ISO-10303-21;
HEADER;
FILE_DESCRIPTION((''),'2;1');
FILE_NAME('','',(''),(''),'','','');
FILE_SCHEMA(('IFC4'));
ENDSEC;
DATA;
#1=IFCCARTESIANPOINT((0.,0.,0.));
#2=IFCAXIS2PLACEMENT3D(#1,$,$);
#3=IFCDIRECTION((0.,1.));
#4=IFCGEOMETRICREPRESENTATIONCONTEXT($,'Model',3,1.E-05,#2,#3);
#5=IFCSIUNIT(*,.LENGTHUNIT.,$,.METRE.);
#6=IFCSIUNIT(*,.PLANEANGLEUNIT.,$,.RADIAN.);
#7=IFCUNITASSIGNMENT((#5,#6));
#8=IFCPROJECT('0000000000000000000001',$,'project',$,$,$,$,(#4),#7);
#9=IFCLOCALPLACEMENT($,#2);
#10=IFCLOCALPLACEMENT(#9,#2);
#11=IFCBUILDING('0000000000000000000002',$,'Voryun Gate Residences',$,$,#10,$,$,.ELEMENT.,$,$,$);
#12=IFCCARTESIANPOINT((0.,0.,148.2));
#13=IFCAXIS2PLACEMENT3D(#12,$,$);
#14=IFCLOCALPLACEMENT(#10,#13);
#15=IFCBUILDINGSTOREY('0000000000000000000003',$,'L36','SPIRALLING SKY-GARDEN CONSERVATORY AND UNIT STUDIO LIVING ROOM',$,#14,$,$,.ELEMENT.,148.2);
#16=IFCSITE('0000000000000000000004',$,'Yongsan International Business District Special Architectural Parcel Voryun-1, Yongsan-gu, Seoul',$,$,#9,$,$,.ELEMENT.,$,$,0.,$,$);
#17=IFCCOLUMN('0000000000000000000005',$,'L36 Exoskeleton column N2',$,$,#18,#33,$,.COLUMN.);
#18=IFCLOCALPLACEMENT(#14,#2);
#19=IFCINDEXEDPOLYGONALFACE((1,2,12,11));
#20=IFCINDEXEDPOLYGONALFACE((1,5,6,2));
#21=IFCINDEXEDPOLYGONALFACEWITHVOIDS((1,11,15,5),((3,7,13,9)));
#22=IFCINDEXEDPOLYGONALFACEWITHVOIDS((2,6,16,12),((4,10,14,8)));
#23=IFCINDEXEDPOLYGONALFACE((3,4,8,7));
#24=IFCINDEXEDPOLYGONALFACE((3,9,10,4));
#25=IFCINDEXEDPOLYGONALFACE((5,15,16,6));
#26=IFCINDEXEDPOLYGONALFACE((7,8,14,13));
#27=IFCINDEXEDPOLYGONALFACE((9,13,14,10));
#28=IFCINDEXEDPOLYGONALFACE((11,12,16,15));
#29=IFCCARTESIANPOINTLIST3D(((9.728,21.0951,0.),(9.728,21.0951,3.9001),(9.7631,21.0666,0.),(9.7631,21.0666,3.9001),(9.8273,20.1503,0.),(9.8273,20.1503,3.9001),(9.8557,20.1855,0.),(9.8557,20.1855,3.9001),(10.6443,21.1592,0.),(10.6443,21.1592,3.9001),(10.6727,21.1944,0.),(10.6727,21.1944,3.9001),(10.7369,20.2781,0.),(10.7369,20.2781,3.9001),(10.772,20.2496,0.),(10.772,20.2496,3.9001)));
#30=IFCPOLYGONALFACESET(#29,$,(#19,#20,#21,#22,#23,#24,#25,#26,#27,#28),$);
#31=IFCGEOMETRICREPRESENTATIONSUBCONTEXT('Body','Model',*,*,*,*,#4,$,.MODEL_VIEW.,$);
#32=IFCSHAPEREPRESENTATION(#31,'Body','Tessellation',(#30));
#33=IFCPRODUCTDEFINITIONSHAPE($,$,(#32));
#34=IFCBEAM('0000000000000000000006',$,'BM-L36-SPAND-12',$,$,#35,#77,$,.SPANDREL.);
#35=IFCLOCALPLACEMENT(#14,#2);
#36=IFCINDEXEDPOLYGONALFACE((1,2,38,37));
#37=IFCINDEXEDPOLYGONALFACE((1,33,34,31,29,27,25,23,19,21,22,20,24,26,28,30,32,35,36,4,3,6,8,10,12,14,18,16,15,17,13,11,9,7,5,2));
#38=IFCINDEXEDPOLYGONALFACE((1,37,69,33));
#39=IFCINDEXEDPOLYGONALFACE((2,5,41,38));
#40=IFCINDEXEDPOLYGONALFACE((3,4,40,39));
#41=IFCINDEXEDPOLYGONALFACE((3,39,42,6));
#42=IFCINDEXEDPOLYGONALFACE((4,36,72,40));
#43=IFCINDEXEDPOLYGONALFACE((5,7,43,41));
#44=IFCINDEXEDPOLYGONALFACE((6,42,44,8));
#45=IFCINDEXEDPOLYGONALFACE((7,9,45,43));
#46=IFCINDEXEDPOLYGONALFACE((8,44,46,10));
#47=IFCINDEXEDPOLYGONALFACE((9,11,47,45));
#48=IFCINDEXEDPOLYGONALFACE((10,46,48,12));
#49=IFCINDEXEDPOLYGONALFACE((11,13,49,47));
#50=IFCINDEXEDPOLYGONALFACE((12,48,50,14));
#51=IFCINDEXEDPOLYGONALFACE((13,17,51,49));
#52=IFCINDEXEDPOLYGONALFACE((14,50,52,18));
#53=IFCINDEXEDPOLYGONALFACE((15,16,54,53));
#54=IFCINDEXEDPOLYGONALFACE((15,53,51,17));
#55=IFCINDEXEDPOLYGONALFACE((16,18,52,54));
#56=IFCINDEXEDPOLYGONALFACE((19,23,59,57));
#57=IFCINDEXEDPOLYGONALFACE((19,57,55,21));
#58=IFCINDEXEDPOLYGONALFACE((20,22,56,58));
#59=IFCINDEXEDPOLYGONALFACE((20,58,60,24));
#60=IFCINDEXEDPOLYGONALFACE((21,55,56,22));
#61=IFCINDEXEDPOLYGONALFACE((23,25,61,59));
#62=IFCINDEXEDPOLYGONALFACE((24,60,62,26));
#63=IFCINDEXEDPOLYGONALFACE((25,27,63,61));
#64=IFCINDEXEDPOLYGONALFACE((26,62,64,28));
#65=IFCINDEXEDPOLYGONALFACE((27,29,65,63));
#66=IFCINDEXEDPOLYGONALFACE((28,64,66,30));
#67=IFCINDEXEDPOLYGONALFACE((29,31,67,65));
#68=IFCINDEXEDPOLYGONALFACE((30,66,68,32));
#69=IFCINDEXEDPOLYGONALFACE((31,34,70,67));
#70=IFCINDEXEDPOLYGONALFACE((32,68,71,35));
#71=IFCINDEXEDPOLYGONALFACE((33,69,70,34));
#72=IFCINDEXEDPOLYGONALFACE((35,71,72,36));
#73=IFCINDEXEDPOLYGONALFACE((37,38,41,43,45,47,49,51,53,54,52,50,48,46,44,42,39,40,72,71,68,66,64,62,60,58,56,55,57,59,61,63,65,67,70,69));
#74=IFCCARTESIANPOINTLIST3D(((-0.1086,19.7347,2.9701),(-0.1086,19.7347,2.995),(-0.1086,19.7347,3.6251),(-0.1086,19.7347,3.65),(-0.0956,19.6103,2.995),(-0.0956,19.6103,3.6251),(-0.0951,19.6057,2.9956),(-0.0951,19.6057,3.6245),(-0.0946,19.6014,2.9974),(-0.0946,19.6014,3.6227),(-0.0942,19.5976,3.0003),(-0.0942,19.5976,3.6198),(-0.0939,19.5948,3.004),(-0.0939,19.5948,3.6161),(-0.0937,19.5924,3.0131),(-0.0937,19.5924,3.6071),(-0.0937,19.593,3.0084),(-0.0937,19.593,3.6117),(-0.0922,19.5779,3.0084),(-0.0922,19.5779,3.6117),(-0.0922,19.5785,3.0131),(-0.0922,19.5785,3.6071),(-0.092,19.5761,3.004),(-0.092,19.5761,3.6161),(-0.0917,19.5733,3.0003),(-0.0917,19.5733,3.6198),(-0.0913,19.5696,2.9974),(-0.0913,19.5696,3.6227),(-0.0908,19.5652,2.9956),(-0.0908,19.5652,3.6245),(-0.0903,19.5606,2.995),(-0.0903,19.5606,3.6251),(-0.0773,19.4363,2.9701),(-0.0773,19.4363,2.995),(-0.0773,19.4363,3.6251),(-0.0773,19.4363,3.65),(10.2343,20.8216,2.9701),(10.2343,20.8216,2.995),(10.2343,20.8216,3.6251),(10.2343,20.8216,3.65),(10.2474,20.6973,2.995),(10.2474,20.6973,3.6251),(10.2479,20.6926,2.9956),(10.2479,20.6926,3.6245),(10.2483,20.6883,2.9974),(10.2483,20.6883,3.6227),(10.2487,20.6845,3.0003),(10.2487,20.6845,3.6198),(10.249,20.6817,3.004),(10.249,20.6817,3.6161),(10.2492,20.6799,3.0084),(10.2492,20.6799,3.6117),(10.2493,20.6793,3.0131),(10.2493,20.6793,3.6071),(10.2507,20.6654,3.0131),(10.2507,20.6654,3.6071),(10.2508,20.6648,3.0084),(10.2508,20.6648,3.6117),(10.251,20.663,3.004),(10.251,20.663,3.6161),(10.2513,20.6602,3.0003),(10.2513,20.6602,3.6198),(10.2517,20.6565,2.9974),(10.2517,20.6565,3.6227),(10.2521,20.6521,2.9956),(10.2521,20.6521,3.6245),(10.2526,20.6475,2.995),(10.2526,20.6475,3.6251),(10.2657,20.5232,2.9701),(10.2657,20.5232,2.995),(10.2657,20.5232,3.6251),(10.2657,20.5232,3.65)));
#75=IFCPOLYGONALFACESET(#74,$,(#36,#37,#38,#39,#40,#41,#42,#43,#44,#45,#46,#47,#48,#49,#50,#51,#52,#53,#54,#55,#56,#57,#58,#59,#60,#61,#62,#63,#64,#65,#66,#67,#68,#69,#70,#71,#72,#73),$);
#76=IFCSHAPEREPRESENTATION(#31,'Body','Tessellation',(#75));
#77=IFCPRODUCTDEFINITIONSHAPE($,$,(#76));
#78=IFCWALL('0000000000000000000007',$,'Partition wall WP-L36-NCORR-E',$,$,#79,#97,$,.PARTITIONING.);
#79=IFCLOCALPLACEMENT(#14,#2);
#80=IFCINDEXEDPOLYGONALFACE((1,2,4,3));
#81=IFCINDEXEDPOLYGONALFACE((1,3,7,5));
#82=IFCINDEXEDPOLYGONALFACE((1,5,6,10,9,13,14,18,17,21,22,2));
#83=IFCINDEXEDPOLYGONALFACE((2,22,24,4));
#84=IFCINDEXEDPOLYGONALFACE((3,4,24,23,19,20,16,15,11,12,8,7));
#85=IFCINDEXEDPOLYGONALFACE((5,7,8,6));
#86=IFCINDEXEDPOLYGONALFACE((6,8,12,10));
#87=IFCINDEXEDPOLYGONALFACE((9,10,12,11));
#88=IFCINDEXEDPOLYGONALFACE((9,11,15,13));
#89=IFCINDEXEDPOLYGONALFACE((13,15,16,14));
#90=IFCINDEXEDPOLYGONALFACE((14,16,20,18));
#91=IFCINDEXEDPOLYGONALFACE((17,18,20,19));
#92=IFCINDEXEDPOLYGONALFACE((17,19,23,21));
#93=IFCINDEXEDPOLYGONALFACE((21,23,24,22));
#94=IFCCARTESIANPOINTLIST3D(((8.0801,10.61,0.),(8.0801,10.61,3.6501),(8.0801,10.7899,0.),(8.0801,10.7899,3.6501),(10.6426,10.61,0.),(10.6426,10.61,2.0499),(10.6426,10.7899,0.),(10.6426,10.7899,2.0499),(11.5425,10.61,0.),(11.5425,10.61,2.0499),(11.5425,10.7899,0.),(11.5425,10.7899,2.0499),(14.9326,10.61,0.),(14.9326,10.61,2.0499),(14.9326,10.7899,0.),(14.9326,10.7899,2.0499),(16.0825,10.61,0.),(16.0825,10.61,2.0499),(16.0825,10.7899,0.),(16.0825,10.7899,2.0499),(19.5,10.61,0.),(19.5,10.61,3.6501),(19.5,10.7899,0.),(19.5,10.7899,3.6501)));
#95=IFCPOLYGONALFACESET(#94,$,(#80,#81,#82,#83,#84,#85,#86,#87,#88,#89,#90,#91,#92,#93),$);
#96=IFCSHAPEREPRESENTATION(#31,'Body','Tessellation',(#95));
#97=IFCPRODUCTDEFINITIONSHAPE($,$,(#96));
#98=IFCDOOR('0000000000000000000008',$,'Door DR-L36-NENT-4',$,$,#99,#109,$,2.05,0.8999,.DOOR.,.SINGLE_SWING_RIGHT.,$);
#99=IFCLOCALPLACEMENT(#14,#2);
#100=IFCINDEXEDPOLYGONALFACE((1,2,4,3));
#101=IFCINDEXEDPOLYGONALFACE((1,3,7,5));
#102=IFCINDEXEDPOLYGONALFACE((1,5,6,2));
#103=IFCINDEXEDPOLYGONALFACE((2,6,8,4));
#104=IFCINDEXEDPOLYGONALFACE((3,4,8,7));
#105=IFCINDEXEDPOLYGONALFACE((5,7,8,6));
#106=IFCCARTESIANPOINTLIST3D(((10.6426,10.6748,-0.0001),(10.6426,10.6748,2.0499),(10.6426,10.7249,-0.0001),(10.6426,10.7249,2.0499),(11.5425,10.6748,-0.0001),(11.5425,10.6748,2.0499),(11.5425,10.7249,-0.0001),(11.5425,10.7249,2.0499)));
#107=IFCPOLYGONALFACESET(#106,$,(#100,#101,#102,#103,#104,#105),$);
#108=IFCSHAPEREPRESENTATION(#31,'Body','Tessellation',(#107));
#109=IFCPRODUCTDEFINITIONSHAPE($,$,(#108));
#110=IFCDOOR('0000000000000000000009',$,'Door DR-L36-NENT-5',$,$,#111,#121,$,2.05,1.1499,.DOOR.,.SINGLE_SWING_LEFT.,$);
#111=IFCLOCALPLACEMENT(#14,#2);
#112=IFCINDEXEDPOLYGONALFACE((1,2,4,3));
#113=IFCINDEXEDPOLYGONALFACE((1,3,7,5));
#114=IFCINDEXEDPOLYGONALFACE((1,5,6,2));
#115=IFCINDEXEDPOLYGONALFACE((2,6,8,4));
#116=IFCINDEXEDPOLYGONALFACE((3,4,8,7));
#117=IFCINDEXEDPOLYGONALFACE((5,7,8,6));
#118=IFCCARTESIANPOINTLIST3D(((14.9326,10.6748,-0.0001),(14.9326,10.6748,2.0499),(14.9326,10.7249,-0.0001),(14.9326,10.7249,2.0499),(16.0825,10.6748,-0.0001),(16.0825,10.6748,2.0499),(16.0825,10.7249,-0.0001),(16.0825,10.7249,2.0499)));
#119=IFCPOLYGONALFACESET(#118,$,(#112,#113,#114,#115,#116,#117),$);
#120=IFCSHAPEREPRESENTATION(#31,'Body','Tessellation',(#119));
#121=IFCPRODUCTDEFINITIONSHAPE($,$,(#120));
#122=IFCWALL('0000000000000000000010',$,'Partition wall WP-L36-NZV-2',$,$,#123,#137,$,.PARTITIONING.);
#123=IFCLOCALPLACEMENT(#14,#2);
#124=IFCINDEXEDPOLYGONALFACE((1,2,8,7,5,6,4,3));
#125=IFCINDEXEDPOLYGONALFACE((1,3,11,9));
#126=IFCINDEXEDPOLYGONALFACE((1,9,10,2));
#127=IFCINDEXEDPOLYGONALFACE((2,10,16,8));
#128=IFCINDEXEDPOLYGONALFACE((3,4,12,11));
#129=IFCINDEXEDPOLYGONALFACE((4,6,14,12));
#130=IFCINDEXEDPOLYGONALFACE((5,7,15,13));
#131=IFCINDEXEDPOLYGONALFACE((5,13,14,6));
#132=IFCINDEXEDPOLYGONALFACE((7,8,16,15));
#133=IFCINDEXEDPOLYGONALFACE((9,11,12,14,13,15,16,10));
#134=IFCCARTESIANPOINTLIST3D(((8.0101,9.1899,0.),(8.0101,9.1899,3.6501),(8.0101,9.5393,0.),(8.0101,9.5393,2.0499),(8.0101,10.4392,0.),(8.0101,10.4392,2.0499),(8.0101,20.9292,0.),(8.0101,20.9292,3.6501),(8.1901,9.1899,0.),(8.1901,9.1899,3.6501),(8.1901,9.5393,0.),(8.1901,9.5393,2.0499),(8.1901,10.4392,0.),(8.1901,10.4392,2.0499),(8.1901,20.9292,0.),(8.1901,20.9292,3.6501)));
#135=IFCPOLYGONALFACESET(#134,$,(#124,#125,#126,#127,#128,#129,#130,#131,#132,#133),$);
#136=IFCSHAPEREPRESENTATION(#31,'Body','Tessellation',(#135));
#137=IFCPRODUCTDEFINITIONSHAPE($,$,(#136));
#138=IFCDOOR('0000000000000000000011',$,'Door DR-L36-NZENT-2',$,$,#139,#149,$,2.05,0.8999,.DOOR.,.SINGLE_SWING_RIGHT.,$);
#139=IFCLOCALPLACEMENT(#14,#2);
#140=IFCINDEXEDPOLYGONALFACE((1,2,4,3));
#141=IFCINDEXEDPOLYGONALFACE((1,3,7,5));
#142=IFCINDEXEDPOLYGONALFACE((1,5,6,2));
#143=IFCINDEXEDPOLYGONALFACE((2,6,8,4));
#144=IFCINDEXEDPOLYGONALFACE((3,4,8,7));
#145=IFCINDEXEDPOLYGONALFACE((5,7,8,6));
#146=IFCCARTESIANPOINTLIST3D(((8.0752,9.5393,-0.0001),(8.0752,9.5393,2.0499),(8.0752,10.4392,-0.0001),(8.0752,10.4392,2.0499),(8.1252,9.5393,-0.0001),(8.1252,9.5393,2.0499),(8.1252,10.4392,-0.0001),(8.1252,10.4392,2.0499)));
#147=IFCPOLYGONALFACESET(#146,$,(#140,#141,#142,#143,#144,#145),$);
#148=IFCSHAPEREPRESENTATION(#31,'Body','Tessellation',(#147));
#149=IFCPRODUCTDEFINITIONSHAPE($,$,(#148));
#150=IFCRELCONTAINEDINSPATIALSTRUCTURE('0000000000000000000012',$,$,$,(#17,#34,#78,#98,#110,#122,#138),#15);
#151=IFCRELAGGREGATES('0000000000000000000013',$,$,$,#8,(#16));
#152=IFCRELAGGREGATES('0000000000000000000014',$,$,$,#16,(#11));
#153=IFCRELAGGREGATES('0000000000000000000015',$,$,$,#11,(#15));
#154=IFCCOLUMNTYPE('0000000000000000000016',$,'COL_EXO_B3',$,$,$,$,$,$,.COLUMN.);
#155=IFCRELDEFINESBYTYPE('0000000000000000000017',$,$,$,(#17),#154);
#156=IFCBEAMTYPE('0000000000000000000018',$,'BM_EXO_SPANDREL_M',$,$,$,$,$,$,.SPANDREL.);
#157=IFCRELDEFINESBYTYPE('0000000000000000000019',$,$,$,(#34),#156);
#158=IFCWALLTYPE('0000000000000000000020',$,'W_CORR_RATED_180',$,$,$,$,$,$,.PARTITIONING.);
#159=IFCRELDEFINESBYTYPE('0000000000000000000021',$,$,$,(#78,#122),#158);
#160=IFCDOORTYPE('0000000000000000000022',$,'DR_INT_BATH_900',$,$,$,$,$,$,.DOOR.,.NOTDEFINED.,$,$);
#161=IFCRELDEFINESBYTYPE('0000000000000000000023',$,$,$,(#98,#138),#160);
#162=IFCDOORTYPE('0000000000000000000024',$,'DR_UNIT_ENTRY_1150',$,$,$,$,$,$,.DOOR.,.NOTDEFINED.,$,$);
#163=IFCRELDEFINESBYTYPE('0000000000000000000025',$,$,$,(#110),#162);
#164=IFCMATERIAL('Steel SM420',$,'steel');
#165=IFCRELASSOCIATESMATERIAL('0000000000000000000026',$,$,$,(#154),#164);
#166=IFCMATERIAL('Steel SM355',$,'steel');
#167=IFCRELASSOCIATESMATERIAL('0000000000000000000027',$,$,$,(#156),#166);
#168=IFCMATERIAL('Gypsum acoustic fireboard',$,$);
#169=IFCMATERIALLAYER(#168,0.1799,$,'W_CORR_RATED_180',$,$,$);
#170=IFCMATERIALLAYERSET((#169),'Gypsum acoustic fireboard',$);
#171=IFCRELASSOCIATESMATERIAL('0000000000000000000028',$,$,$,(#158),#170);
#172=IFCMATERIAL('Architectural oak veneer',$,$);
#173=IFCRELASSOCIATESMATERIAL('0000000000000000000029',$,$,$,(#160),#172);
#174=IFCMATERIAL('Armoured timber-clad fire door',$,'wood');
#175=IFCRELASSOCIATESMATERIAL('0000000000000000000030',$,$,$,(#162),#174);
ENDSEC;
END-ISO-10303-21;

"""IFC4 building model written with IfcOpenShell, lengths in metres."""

from ifc_helpers import new_model, si_unit, direction, frame, frame_2d, origin, origin_2d, place, context, subcontext, project, spatial, rectangle, hollow_rectangle, i_section, extrude, material, layer, layer_set, material_profile, profile_set, type_object, element, fill, save


model = new_model("IFC4")

# Units and contexts
model_context = context("Model", 3, precision=1e-05, world=origin(), true_north=direction((0.0, 1.0)))
body_context = subcontext(model_context, "Body", "Model", "MODEL_VIEW")
ifc_project = project(units=[si_unit("LENGTHUNIT", "METRE"), si_unit("PLANEANGLEUNIT", "RADIAN")], contexts=[model_context])

# Site, building, storey
site_placement = place(None, origin())
site = spatial("IfcSite", under=ifc_project, at=site_placement, Name="Yongsan International Business District Special Architectural Parcel Voryun-1, Yongsan-gu, Seoul", CompositionType="ELEMENT", RefElevation=0.0)
building_placement = place(site_placement, origin())
building = spatial("IfcBuilding", under=site, at=building_placement, Name="Voryun Gate Residences", CompositionType="ELEMENT")
storey_placement = place(building_placement, frame((0.0, 0.0, 148.2)))
storey = spatial("IfcBuildingStorey", under=building, at=storey_placement, Name="L36", Description="SPIRALLING SKY-GARDEN CONSERVATORY AND UNIT STUDIO LIVING ROOM", CompositionType="ELEMENT", Elevation=148.2)

# Column
ifc_material_1 = material(Name="Steel SM420", Category="steel")
ifc_material_profile_1 = material_profile(ifc_material_1, hollow_rectangle(XDim=0.95, YDim=0.95, WallThickness=0.032, at=origin_2d()), Name="BOX-950x950x32")
ifc_profile_set_1 = profile_set([ifc_material_profile_1], Name="Steel SM420")
column_type = type_object("IfcColumnType", Name="COL_EXO_B3", PredefinedType="COLUMN", material=ifc_profile_set_1)
column_placement = place(storey_placement, frame((10.25, 20.6724, 0.0), z_axis=(0.0, 0.0, 1.0), x_axis=(0.994522, 0.104528, 0.0)))
element("IfcColumn", 1, at=column_placement, inside=storey, type_object=column_type, Name="L36 Exoskeleton column N2", PredefinedType="COLUMN", context=body_context, shape_type="SweptSolid", body=[
    extrude(hollow_rectangle(XDim=0.95, YDim=0.95, WallThickness=0.032, at=origin_2d()), origin(), (0.0, 0.0, 1.0), 3.9001),
])

# Beam
ifc_material_2 = material(Name="Steel SM355", Category="steel")
ifc_material_profile_2 = material_profile(ifc_material_2, i_section(OverallWidth=0.3, OverallDepth=0.6799, WebThickness=0.0139, FlangeThickness=0.0249, FilletRadius=0.0181, at=origin_2d()), Name="H-680x300x14x25")
ifc_profile_set_2 = profile_set([ifc_material_profile_2], Name="Steel SM355")
beam_type = type_object("IfcBeamType", Name="BM_EXO_SPANDREL_M", PredefinedType="SPANDREL", material=ifc_profile_set_2)
beam_placement = place(storey_placement, frame((10.25, 20.6724, 3.3101), z_axis=(-0.994524, -0.104511, 0.0), x_axis=(0.104511, -0.994524, 0.0)))
element("IfcBeam", 2, at=beam_placement, inside=storey, type_object=beam_type, Name="BM-L36-SPAND-12", PredefinedType="SPANDREL", context=body_context, shape_type="SweptSolid", body=[
    extrude(i_section(OverallWidth=0.3, OverallDepth=0.6799, WebThickness=0.0139, FlangeThickness=0.0249, FilletRadius=0.0181, at=origin_2d()), origin(), (0.0, 0.0, 1.0), 10.3999),
])

# Wall, openings, doors
ifc_material_3 = material(Name="Gypsum acoustic fireboard")
ifc_layer_1 = layer(ifc_material_3, 0.1799, Name="W_CORR_RATED_180")
ifc_layer_set_1 = layer_set([ifc_layer_1], Name="Gypsum acoustic fireboard")
wall_type_1 = type_object("IfcWallType", Name="W_CORR_RATED_180", PredefinedType="PARTITIONING", material=ifc_layer_set_1)
wall_1_placement = place(storey_placement, frame((8.0801, 10.7, 0.0), z_axis=(0.0, 0.0, 1.0), x_axis=(1.0, 0.0, 0.0)))
wall_1 = element("IfcWall", 3, at=wall_1_placement, inside=storey, type_object=wall_type_1, Name="Partition wall WP-L36-NCORR-E", PredefinedType="PARTITIONING", context=body_context, shape_type="SweptSolid", body=[
    extrude(rectangle(XDim=11.4199, YDim=0.1799, at=frame_2d((5.71, 0.0))), origin(), (0.0, 0.0, 1.0), 3.6501),
])
opening_1_placement = place(wall_1_placement, frame((2.5625, 0.0, 0.0)))
opening_1 = element("IfcOpeningElement", 4, at=opening_1_placement, cuts=wall_1, PredefinedType="OPENING", context=body_context, shape_type="SweptSolid", body=[
    extrude(rectangle(XDim=0.8999, YDim=2.05, at=frame_2d((0.45, 1.0249))), frame((0.0, 0.0999, 0.0), z_axis=(0.0, -1.0, 0.0), x_axis=(1.0, 0.0, 0.0)), (0.0, 0.0, 1.0), 0.2),
])
opening_2_placement = place(wall_1_placement, frame((6.8525, 0.0, 0.0)))
opening_2 = element("IfcOpeningElement", 5, at=opening_2_placement, cuts=wall_1, PredefinedType="OPENING", context=body_context, shape_type="SweptSolid", body=[
    extrude(rectangle(XDim=1.1499, YDim=2.05, at=frame_2d((0.575, 1.0249))), frame((0.0, 0.0999, 0.0), z_axis=(0.0, -1.0, 0.0), x_axis=(1.0, 0.0, 0.0)), (0.0, 0.0, 1.0), 0.2),
])
ifc_material_4 = material(Name="Architectural oak veneer")
door_type_1 = type_object("IfcDoorType", Name="DR_INT_BATH_900", OperationType="NOTDEFINED", PredefinedType="DOOR", material=ifc_material_4)
door_1_placement = place(opening_1_placement, origin())
door_1 = element("IfcDoor", 6, at=door_1_placement, inside=storey, type_object=door_type_1, Name="Door DR-L36-NENT-4", OperationType="SINGLE_SWING_RIGHT", OverallHeight=2.05, OverallWidth=0.8999, PredefinedType="DOOR", context=body_context, shape_type="SweptSolid", body=[
    extrude(rectangle(XDim=0.8999, YDim=2.05, at=frame_2d((0.45, 1.0249))), frame((0.0, 0.0249, 0.0), z_axis=(0.0, -1.0, 0.0), x_axis=(1.0, 0.0, 0.0)), (0.0, 0.0, 1.0), 0.05),
])
fill(opening_1, door_1)
ifc_material_5 = material(Name="Armoured timber-clad fire door", Category="wood")
door_type_2 = type_object("IfcDoorType", Name="DR_UNIT_ENTRY_1150", OperationType="NOTDEFINED", PredefinedType="DOOR", material=ifc_material_5)
door_2_placement = place(opening_2_placement, origin())
door_2 = element("IfcDoor", 7, at=door_2_placement, inside=storey, type_object=door_type_2, Name="Door DR-L36-NENT-5", OperationType="SINGLE_SWING_LEFT", OverallHeight=2.05, OverallWidth=1.1499, PredefinedType="DOOR", context=body_context, shape_type="SweptSolid", body=[
    extrude(rectangle(XDim=1.1499, YDim=2.05, at=frame_2d((0.575, 1.0249))), frame((0.0, 0.0249, 0.0), z_axis=(0.0, -1.0, 0.0), x_axis=(1.0, 0.0, 0.0)), (0.0, 0.0, 1.0), 0.05),
])
fill(opening_2, door_2)

# Wall, opening, door
wall_2_placement = place(storey_placement, frame((8.1001, 9.1899, 0.0), z_axis=(0.0, 0.0, 1.0), x_axis=(0.0, 1.0, 0.0)))
wall_2 = element("IfcWall", 8, at=wall_2_placement, inside=storey, type_object=wall_type_1, Name="Partition wall WP-L36-NZV-2", PredefinedType="PARTITIONING", context=body_context, shape_type="SweptSolid", body=[
    extrude(rectangle(XDim=11.7393, YDim=0.1799, at=frame_2d((5.8696, 0.0))), origin(), (0.0, 0.0, 1.0), 3.6501),
])
opening_3_placement = place(wall_2_placement, frame((0.3494, 0.0, 0.0)))
opening_3 = element("IfcOpeningElement", 9, at=opening_3_placement, cuts=wall_2, PredefinedType="OPENING", context=body_context, shape_type="SweptSolid", body=[
    extrude(rectangle(XDim=0.8999, YDim=2.05, at=frame_2d((0.45, 1.0249))), frame((0.0, 0.0999, 0.0), z_axis=(0.0, -1.0, 0.0), x_axis=(1.0, 0.0, 0.0)), (0.0, 0.0, 1.0), 0.2),
])
door_3_placement = place(opening_3_placement, origin())
door_3 = element("IfcDoor", 10, at=door_3_placement, inside=storey, type_object=door_type_1, Name="Door DR-L36-NZENT-2", OperationType="SINGLE_SWING_RIGHT", OverallHeight=2.05, OverallWidth=0.8999, PredefinedType="DOOR", context=body_context, shape_type="SweptSolid", body=[
    extrude(rectangle(XDim=0.8999, YDim=2.05, at=frame_2d((0.45, 1.0249))), frame((0.0, 0.0249, 0.0), z_axis=(0.0, -1.0, 0.0), x_axis=(1.0, 0.0, 0.0)), (0.0, 0.0, 1.0), 0.05),
])
fill(opening_3, door_3)

save(model, "model.ifc")
